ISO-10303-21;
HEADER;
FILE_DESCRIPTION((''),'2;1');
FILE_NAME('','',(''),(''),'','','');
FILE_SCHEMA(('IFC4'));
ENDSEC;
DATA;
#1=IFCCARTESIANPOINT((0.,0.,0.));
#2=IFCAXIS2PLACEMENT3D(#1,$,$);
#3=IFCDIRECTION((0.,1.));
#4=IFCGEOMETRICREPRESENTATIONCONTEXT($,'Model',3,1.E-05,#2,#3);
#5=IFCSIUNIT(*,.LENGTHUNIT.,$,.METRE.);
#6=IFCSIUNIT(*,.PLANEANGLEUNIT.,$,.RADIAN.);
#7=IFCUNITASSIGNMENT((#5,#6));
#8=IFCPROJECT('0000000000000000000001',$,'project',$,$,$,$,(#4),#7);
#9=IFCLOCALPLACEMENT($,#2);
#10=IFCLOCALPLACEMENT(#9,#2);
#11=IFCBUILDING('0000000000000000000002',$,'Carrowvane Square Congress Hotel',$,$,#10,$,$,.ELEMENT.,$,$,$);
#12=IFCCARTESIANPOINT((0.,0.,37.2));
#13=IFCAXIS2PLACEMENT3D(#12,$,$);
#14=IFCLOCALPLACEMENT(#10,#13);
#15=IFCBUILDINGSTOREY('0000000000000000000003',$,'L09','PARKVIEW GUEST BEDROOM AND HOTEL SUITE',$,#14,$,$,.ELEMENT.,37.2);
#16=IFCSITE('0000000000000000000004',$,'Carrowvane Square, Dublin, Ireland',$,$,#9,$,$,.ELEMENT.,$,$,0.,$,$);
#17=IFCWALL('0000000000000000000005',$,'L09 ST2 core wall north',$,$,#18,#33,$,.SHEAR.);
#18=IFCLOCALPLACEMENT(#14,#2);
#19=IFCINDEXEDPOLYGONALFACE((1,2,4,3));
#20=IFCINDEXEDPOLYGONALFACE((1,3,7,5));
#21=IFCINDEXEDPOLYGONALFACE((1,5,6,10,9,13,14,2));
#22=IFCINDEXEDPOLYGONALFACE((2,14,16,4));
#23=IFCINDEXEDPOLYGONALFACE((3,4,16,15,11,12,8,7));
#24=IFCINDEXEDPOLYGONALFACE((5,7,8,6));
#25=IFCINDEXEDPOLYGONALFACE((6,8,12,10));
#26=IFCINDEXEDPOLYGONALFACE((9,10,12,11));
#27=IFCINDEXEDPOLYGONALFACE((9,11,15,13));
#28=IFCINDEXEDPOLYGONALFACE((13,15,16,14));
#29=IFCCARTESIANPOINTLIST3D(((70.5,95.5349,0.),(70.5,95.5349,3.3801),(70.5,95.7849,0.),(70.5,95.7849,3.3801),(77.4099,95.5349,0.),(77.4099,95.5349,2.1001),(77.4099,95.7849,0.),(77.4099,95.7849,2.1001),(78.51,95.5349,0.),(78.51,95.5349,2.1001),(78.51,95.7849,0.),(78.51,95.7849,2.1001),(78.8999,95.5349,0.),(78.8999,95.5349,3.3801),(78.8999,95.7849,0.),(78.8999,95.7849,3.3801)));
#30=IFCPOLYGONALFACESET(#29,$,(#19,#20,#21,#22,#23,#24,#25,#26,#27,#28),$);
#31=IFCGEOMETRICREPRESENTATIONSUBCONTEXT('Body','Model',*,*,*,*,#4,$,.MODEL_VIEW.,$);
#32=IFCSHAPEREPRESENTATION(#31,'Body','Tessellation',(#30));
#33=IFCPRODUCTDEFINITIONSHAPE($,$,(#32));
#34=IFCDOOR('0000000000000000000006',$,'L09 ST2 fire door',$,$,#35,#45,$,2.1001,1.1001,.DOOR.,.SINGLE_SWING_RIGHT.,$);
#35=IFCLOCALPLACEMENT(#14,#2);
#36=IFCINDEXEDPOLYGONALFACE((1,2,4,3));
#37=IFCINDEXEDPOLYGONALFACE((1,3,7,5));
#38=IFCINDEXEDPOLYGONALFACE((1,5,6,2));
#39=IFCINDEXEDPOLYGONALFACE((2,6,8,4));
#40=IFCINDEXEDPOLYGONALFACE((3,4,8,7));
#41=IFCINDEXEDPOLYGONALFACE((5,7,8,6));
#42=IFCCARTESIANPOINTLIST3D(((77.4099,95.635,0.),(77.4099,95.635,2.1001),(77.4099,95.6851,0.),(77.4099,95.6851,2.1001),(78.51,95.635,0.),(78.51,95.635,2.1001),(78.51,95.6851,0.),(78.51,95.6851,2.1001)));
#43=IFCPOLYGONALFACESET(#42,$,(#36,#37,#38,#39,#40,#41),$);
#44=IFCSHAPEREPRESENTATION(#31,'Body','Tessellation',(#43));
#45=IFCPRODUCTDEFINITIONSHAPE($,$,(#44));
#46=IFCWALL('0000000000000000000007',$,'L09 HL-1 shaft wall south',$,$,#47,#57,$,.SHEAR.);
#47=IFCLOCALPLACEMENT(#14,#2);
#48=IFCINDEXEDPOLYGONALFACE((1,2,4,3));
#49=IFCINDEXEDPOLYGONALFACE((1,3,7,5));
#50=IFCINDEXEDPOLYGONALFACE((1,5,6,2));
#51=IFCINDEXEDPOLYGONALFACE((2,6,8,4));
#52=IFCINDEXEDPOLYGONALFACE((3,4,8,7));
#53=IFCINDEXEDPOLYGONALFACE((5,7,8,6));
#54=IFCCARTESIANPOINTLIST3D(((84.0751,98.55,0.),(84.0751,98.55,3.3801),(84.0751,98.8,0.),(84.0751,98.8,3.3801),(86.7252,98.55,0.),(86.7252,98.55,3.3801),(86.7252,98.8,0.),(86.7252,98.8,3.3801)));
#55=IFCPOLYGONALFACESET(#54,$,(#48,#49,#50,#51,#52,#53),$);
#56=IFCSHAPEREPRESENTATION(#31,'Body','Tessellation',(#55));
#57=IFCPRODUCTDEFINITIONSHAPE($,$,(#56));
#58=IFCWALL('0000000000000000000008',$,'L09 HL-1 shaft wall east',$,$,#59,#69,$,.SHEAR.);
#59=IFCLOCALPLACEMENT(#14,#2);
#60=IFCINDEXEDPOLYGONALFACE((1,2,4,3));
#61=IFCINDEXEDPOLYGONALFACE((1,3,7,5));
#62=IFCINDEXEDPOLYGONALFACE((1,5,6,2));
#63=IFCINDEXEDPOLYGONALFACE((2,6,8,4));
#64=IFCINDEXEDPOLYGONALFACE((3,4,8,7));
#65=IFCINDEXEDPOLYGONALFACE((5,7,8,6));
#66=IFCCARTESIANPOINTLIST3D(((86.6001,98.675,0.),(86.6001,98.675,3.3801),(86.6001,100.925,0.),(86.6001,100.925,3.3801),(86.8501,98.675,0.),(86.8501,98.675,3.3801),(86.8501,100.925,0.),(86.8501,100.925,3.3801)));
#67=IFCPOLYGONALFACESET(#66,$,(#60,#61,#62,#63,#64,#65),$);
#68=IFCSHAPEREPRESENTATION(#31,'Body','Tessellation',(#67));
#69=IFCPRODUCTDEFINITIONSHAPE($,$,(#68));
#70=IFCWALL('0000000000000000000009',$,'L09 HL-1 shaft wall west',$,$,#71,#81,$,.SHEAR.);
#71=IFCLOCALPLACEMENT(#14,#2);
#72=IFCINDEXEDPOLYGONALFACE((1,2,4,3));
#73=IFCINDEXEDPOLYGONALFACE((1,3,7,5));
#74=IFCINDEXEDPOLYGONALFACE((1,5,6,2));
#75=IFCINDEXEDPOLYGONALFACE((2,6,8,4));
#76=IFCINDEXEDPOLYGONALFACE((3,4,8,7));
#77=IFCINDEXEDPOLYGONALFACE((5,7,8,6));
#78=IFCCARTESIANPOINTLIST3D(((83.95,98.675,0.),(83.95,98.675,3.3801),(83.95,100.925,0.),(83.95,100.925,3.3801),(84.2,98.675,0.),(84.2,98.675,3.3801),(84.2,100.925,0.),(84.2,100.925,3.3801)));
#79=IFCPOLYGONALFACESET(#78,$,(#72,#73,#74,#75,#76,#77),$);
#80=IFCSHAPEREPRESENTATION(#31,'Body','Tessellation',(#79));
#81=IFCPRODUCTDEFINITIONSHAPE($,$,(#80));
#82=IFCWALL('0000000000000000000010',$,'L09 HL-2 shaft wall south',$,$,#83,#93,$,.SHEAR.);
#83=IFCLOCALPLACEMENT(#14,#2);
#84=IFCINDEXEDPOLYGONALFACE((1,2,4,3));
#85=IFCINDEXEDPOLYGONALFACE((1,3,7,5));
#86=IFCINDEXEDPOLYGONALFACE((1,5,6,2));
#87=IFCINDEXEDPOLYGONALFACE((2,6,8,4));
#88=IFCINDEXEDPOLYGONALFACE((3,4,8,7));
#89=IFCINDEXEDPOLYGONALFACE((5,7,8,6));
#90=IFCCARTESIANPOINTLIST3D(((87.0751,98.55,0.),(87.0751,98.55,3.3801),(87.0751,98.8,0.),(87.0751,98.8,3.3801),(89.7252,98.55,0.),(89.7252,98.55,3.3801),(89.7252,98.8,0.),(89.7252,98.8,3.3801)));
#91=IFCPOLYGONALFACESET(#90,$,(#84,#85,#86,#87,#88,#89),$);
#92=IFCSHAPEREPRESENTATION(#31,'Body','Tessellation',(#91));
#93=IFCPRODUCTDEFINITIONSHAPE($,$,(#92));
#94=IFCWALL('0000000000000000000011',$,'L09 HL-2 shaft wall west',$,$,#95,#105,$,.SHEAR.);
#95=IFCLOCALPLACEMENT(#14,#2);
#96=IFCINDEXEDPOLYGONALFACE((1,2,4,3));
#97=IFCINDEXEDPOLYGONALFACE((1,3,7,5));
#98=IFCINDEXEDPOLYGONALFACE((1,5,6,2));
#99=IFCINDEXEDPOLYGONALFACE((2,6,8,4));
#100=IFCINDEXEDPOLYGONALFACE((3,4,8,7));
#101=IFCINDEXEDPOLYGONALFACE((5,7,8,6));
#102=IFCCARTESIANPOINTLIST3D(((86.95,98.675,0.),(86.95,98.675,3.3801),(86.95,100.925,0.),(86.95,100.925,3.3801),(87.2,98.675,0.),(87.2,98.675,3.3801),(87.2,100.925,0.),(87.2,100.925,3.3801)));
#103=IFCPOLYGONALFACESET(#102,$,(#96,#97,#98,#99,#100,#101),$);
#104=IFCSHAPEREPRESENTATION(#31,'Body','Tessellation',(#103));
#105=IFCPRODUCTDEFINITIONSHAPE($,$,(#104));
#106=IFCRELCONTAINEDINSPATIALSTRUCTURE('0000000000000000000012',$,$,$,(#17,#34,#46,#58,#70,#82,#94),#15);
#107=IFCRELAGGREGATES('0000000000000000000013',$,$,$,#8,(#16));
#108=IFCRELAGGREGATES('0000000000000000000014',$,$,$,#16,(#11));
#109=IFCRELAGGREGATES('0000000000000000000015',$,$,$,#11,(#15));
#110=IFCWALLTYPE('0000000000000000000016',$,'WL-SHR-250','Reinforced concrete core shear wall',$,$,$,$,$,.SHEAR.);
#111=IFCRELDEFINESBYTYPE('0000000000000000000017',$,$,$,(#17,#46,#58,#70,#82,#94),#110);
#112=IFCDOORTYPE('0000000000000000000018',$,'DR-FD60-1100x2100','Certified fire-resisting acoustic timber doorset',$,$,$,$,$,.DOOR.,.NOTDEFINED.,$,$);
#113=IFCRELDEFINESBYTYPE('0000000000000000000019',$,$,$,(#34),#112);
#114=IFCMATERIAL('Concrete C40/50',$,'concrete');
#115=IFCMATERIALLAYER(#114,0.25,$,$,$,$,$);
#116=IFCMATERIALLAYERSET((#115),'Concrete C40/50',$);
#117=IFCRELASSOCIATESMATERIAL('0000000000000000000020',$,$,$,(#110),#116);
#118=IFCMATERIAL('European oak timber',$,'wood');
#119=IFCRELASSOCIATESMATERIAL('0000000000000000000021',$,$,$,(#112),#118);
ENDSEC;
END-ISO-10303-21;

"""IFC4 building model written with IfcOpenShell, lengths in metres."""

from ifc_helpers import new_model, si_unit, direction, frame, frame_2d, origin, place, context, subcontext, project, spatial, rectangle, extrude, material, layer, layer_set, type_object, element, fill, save


model = new_model("IFC4")

# Units and contexts
model_context = context("Model", 3, precision=1e-05, world=origin(), true_north=direction((0.0, 1.0)))
body_context = subcontext(model_context, "Body", "Model", "MODEL_VIEW")
ifc_project = project(units=[si_unit("LENGTHUNIT", "METRE"), si_unit("PLANEANGLEUNIT", "RADIAN")], contexts=[model_context])

# Site, building, storey
site_placement = place(None, origin())
site = spatial("IfcSite", under=ifc_project, at=site_placement, Name="Carrowvane Square, Dublin, Ireland", CompositionType="ELEMENT", RefElevation=0.0)
building_placement = place(site_placement, origin())
building = spatial("IfcBuilding", under=site, at=building_placement, Name="Carrowvane Square Congress Hotel", CompositionType="ELEMENT")
storey_placement = place(building_placement, frame((0.0, 0.0, 37.2)))
storey = spatial("IfcBuildingStorey", under=building, at=storey_placement, Name="L09", Description="PARKVIEW GUEST BEDROOM AND HOTEL SUITE", CompositionType="ELEMENT", Elevation=37.2)

# Wall, opening, door
ifc_material_1 = material(Name="Concrete C40/50", Category="concrete")
ifc_layer_1 = layer(ifc_material_1, 0.25)
ifc_layer_set_1 = layer_set([ifc_layer_1], Name="Concrete C40/50")
wall_type_1 = type_object("IfcWallType", Name="WL-SHR-250", Description="Reinforced concrete core shear wall", PredefinedType="SHEAR", material=ifc_layer_set_1)
wall_1_placement = place(storey_placement, frame((78.8999, 95.6599, 0.0), z_axis=(0.0, 0.0, 1.0), x_axis=(-1.0, 0.0, 0.0)))
wall_1 = element("IfcWall", 1, at=wall_1_placement, inside=storey, type_object=wall_type_1, Name="L09 ST2 core wall north", PredefinedType="SHEAR", context=body_context, shape_type="SweptSolid", body=[
    extrude(rectangle(XDim=8.3999, YDim=0.25, at=frame_2d((4.2, 0.0))), origin(), (0.0, 0.0, 1.0), 3.3801),
])
opening_1_placement = place(wall_1_placement, frame((0.3899, 0.0, 0.0)))
opening_1 = element("IfcOpeningElement", 2, at=opening_1_placement, cuts=wall_1, PredefinedType="OPENING", context=body_context, shape_type="SweptSolid", body=[
    extrude(rectangle(XDim=1.1001, YDim=2.1001, at=frame_2d((0.55, 1.05))), frame((0.0, 0.135, 0.0), z_axis=(0.0, -1.0, 0.0), x_axis=(1.0, 0.0, 0.0)), (0.0, 0.0, 1.0), 0.27),
])
ifc_material_2 = material(Name="European oak timber", Category="wood")
door_type_1 = type_object("IfcDoorType", Name="DR-FD60-1100x2100", Description="Certified fire-resisting acoustic timber doorset", OperationType="NOTDEFINED", PredefinedType="DOOR", material=ifc_material_2)
door_1_placement = place(opening_1_placement, origin())
door_1 = element("IfcDoor", 3, at=door_1_placement, inside=storey, type_object=door_type_1, Name="L09 ST2 fire door", OperationType="SINGLE_SWING_RIGHT", OverallHeight=2.1001, OverallWidth=1.1001, PredefinedType="DOOR", context=body_context, shape_type="SweptSolid", body=[
    extrude(rectangle(XDim=1.1001, YDim=2.1001, at=frame_2d((0.55, 1.05))), frame((0.0, 0.0249, 0.0), z_axis=(0.0, -1.0, 0.0), x_axis=(1.0, 0.0, 0.0)), (0.0, 0.0, 1.0), 0.05),
])
fill(opening_1, door_1)

# Walls
wall_2_placement = place(storey_placement, frame((84.075, 98.675, 0.0), z_axis=(0.0, 0.0, 1.0), x_axis=(1.0, 0.0, 0.0)))
element("IfcWall", 4, at=wall_2_placement, inside=storey, type_object=wall_type_1, Name="L09 HL-1 shaft wall south", PredefinedType="SHEAR", context=body_context, shape_type="SweptSolid", body=[
    extrude(rectangle(XDim=2.6501, YDim=0.25, at=frame_2d((1.3252, 0.0))), origin(), (0.0, 0.0, 1.0), 3.3801),
])
wall_3_placement = place(storey_placement, frame((86.7251, 98.675, 0.0), z_axis=(0.0, 0.0, 1.0), x_axis=(0.0, 1.0, 0.0)))
element("IfcWall", 5, at=wall_3_placement, inside=storey, type_object=wall_type_1, Name="L09 HL-1 shaft wall east", PredefinedType="SHEAR", context=body_context, shape_type="SweptSolid", body=[
    extrude(rectangle(XDim=2.25, YDim=0.25, at=frame_2d((1.125, 0.0))), origin(), (0.0, 0.0, 1.0), 3.3801),
])

# Walls
wall_4_placement = place(storey_placement, frame((84.075, 100.925, 0.0), z_axis=(0.0, 0.0, 1.0), x_axis=(0.0, -1.0, 0.0)))
element("IfcWall", 6, at=wall_4_placement, inside=storey, type_object=wall_type_1, Name="L09 HL-1 shaft wall west", PredefinedType="SHEAR", context=body_context, shape_type="SweptSolid", body=[
    extrude(rectangle(XDim=2.25, YDim=0.25, at=frame_2d((1.125, 0.0))), origin(), (0.0, 0.0, 1.0), 3.3801),
])
wall_5_placement = place(storey_placement, frame((87.075, 98.675, 0.0), z_axis=(0.0, 0.0, 1.0), x_axis=(1.0, 0.0, 0.0)))
element("IfcWall", 7, at=wall_5_placement, inside=storey, type_object=wall_type_1, Name="L09 HL-2 shaft wall south", PredefinedType="SHEAR", context=body_context, shape_type="SweptSolid", body=[
    extrude(rectangle(XDim=2.6501, YDim=0.25, at=frame_2d((1.3252, 0.0))), origin(), (0.0, 0.0, 1.0), 3.3801),
])
wall_6_placement = place(storey_placement, frame((87.075, 100.925, 0.0), z_axis=(0.0, 0.0, 1.0), x_axis=(0.0, -1.0, 0.0)))
element("IfcWall", 8, at=wall_6_placement, inside=storey, type_object=wall_type_1, Name="L09 HL-2 shaft wall west", PredefinedType="SHEAR", context=body_context, shape_type="SweptSolid", body=[
    extrude(rectangle(XDim=2.25, YDim=0.25, at=frame_2d((1.125, 0.0))), origin(), (0.0, 0.0, 1.0), 3.3801),
])

save(model, "model.ifc")
